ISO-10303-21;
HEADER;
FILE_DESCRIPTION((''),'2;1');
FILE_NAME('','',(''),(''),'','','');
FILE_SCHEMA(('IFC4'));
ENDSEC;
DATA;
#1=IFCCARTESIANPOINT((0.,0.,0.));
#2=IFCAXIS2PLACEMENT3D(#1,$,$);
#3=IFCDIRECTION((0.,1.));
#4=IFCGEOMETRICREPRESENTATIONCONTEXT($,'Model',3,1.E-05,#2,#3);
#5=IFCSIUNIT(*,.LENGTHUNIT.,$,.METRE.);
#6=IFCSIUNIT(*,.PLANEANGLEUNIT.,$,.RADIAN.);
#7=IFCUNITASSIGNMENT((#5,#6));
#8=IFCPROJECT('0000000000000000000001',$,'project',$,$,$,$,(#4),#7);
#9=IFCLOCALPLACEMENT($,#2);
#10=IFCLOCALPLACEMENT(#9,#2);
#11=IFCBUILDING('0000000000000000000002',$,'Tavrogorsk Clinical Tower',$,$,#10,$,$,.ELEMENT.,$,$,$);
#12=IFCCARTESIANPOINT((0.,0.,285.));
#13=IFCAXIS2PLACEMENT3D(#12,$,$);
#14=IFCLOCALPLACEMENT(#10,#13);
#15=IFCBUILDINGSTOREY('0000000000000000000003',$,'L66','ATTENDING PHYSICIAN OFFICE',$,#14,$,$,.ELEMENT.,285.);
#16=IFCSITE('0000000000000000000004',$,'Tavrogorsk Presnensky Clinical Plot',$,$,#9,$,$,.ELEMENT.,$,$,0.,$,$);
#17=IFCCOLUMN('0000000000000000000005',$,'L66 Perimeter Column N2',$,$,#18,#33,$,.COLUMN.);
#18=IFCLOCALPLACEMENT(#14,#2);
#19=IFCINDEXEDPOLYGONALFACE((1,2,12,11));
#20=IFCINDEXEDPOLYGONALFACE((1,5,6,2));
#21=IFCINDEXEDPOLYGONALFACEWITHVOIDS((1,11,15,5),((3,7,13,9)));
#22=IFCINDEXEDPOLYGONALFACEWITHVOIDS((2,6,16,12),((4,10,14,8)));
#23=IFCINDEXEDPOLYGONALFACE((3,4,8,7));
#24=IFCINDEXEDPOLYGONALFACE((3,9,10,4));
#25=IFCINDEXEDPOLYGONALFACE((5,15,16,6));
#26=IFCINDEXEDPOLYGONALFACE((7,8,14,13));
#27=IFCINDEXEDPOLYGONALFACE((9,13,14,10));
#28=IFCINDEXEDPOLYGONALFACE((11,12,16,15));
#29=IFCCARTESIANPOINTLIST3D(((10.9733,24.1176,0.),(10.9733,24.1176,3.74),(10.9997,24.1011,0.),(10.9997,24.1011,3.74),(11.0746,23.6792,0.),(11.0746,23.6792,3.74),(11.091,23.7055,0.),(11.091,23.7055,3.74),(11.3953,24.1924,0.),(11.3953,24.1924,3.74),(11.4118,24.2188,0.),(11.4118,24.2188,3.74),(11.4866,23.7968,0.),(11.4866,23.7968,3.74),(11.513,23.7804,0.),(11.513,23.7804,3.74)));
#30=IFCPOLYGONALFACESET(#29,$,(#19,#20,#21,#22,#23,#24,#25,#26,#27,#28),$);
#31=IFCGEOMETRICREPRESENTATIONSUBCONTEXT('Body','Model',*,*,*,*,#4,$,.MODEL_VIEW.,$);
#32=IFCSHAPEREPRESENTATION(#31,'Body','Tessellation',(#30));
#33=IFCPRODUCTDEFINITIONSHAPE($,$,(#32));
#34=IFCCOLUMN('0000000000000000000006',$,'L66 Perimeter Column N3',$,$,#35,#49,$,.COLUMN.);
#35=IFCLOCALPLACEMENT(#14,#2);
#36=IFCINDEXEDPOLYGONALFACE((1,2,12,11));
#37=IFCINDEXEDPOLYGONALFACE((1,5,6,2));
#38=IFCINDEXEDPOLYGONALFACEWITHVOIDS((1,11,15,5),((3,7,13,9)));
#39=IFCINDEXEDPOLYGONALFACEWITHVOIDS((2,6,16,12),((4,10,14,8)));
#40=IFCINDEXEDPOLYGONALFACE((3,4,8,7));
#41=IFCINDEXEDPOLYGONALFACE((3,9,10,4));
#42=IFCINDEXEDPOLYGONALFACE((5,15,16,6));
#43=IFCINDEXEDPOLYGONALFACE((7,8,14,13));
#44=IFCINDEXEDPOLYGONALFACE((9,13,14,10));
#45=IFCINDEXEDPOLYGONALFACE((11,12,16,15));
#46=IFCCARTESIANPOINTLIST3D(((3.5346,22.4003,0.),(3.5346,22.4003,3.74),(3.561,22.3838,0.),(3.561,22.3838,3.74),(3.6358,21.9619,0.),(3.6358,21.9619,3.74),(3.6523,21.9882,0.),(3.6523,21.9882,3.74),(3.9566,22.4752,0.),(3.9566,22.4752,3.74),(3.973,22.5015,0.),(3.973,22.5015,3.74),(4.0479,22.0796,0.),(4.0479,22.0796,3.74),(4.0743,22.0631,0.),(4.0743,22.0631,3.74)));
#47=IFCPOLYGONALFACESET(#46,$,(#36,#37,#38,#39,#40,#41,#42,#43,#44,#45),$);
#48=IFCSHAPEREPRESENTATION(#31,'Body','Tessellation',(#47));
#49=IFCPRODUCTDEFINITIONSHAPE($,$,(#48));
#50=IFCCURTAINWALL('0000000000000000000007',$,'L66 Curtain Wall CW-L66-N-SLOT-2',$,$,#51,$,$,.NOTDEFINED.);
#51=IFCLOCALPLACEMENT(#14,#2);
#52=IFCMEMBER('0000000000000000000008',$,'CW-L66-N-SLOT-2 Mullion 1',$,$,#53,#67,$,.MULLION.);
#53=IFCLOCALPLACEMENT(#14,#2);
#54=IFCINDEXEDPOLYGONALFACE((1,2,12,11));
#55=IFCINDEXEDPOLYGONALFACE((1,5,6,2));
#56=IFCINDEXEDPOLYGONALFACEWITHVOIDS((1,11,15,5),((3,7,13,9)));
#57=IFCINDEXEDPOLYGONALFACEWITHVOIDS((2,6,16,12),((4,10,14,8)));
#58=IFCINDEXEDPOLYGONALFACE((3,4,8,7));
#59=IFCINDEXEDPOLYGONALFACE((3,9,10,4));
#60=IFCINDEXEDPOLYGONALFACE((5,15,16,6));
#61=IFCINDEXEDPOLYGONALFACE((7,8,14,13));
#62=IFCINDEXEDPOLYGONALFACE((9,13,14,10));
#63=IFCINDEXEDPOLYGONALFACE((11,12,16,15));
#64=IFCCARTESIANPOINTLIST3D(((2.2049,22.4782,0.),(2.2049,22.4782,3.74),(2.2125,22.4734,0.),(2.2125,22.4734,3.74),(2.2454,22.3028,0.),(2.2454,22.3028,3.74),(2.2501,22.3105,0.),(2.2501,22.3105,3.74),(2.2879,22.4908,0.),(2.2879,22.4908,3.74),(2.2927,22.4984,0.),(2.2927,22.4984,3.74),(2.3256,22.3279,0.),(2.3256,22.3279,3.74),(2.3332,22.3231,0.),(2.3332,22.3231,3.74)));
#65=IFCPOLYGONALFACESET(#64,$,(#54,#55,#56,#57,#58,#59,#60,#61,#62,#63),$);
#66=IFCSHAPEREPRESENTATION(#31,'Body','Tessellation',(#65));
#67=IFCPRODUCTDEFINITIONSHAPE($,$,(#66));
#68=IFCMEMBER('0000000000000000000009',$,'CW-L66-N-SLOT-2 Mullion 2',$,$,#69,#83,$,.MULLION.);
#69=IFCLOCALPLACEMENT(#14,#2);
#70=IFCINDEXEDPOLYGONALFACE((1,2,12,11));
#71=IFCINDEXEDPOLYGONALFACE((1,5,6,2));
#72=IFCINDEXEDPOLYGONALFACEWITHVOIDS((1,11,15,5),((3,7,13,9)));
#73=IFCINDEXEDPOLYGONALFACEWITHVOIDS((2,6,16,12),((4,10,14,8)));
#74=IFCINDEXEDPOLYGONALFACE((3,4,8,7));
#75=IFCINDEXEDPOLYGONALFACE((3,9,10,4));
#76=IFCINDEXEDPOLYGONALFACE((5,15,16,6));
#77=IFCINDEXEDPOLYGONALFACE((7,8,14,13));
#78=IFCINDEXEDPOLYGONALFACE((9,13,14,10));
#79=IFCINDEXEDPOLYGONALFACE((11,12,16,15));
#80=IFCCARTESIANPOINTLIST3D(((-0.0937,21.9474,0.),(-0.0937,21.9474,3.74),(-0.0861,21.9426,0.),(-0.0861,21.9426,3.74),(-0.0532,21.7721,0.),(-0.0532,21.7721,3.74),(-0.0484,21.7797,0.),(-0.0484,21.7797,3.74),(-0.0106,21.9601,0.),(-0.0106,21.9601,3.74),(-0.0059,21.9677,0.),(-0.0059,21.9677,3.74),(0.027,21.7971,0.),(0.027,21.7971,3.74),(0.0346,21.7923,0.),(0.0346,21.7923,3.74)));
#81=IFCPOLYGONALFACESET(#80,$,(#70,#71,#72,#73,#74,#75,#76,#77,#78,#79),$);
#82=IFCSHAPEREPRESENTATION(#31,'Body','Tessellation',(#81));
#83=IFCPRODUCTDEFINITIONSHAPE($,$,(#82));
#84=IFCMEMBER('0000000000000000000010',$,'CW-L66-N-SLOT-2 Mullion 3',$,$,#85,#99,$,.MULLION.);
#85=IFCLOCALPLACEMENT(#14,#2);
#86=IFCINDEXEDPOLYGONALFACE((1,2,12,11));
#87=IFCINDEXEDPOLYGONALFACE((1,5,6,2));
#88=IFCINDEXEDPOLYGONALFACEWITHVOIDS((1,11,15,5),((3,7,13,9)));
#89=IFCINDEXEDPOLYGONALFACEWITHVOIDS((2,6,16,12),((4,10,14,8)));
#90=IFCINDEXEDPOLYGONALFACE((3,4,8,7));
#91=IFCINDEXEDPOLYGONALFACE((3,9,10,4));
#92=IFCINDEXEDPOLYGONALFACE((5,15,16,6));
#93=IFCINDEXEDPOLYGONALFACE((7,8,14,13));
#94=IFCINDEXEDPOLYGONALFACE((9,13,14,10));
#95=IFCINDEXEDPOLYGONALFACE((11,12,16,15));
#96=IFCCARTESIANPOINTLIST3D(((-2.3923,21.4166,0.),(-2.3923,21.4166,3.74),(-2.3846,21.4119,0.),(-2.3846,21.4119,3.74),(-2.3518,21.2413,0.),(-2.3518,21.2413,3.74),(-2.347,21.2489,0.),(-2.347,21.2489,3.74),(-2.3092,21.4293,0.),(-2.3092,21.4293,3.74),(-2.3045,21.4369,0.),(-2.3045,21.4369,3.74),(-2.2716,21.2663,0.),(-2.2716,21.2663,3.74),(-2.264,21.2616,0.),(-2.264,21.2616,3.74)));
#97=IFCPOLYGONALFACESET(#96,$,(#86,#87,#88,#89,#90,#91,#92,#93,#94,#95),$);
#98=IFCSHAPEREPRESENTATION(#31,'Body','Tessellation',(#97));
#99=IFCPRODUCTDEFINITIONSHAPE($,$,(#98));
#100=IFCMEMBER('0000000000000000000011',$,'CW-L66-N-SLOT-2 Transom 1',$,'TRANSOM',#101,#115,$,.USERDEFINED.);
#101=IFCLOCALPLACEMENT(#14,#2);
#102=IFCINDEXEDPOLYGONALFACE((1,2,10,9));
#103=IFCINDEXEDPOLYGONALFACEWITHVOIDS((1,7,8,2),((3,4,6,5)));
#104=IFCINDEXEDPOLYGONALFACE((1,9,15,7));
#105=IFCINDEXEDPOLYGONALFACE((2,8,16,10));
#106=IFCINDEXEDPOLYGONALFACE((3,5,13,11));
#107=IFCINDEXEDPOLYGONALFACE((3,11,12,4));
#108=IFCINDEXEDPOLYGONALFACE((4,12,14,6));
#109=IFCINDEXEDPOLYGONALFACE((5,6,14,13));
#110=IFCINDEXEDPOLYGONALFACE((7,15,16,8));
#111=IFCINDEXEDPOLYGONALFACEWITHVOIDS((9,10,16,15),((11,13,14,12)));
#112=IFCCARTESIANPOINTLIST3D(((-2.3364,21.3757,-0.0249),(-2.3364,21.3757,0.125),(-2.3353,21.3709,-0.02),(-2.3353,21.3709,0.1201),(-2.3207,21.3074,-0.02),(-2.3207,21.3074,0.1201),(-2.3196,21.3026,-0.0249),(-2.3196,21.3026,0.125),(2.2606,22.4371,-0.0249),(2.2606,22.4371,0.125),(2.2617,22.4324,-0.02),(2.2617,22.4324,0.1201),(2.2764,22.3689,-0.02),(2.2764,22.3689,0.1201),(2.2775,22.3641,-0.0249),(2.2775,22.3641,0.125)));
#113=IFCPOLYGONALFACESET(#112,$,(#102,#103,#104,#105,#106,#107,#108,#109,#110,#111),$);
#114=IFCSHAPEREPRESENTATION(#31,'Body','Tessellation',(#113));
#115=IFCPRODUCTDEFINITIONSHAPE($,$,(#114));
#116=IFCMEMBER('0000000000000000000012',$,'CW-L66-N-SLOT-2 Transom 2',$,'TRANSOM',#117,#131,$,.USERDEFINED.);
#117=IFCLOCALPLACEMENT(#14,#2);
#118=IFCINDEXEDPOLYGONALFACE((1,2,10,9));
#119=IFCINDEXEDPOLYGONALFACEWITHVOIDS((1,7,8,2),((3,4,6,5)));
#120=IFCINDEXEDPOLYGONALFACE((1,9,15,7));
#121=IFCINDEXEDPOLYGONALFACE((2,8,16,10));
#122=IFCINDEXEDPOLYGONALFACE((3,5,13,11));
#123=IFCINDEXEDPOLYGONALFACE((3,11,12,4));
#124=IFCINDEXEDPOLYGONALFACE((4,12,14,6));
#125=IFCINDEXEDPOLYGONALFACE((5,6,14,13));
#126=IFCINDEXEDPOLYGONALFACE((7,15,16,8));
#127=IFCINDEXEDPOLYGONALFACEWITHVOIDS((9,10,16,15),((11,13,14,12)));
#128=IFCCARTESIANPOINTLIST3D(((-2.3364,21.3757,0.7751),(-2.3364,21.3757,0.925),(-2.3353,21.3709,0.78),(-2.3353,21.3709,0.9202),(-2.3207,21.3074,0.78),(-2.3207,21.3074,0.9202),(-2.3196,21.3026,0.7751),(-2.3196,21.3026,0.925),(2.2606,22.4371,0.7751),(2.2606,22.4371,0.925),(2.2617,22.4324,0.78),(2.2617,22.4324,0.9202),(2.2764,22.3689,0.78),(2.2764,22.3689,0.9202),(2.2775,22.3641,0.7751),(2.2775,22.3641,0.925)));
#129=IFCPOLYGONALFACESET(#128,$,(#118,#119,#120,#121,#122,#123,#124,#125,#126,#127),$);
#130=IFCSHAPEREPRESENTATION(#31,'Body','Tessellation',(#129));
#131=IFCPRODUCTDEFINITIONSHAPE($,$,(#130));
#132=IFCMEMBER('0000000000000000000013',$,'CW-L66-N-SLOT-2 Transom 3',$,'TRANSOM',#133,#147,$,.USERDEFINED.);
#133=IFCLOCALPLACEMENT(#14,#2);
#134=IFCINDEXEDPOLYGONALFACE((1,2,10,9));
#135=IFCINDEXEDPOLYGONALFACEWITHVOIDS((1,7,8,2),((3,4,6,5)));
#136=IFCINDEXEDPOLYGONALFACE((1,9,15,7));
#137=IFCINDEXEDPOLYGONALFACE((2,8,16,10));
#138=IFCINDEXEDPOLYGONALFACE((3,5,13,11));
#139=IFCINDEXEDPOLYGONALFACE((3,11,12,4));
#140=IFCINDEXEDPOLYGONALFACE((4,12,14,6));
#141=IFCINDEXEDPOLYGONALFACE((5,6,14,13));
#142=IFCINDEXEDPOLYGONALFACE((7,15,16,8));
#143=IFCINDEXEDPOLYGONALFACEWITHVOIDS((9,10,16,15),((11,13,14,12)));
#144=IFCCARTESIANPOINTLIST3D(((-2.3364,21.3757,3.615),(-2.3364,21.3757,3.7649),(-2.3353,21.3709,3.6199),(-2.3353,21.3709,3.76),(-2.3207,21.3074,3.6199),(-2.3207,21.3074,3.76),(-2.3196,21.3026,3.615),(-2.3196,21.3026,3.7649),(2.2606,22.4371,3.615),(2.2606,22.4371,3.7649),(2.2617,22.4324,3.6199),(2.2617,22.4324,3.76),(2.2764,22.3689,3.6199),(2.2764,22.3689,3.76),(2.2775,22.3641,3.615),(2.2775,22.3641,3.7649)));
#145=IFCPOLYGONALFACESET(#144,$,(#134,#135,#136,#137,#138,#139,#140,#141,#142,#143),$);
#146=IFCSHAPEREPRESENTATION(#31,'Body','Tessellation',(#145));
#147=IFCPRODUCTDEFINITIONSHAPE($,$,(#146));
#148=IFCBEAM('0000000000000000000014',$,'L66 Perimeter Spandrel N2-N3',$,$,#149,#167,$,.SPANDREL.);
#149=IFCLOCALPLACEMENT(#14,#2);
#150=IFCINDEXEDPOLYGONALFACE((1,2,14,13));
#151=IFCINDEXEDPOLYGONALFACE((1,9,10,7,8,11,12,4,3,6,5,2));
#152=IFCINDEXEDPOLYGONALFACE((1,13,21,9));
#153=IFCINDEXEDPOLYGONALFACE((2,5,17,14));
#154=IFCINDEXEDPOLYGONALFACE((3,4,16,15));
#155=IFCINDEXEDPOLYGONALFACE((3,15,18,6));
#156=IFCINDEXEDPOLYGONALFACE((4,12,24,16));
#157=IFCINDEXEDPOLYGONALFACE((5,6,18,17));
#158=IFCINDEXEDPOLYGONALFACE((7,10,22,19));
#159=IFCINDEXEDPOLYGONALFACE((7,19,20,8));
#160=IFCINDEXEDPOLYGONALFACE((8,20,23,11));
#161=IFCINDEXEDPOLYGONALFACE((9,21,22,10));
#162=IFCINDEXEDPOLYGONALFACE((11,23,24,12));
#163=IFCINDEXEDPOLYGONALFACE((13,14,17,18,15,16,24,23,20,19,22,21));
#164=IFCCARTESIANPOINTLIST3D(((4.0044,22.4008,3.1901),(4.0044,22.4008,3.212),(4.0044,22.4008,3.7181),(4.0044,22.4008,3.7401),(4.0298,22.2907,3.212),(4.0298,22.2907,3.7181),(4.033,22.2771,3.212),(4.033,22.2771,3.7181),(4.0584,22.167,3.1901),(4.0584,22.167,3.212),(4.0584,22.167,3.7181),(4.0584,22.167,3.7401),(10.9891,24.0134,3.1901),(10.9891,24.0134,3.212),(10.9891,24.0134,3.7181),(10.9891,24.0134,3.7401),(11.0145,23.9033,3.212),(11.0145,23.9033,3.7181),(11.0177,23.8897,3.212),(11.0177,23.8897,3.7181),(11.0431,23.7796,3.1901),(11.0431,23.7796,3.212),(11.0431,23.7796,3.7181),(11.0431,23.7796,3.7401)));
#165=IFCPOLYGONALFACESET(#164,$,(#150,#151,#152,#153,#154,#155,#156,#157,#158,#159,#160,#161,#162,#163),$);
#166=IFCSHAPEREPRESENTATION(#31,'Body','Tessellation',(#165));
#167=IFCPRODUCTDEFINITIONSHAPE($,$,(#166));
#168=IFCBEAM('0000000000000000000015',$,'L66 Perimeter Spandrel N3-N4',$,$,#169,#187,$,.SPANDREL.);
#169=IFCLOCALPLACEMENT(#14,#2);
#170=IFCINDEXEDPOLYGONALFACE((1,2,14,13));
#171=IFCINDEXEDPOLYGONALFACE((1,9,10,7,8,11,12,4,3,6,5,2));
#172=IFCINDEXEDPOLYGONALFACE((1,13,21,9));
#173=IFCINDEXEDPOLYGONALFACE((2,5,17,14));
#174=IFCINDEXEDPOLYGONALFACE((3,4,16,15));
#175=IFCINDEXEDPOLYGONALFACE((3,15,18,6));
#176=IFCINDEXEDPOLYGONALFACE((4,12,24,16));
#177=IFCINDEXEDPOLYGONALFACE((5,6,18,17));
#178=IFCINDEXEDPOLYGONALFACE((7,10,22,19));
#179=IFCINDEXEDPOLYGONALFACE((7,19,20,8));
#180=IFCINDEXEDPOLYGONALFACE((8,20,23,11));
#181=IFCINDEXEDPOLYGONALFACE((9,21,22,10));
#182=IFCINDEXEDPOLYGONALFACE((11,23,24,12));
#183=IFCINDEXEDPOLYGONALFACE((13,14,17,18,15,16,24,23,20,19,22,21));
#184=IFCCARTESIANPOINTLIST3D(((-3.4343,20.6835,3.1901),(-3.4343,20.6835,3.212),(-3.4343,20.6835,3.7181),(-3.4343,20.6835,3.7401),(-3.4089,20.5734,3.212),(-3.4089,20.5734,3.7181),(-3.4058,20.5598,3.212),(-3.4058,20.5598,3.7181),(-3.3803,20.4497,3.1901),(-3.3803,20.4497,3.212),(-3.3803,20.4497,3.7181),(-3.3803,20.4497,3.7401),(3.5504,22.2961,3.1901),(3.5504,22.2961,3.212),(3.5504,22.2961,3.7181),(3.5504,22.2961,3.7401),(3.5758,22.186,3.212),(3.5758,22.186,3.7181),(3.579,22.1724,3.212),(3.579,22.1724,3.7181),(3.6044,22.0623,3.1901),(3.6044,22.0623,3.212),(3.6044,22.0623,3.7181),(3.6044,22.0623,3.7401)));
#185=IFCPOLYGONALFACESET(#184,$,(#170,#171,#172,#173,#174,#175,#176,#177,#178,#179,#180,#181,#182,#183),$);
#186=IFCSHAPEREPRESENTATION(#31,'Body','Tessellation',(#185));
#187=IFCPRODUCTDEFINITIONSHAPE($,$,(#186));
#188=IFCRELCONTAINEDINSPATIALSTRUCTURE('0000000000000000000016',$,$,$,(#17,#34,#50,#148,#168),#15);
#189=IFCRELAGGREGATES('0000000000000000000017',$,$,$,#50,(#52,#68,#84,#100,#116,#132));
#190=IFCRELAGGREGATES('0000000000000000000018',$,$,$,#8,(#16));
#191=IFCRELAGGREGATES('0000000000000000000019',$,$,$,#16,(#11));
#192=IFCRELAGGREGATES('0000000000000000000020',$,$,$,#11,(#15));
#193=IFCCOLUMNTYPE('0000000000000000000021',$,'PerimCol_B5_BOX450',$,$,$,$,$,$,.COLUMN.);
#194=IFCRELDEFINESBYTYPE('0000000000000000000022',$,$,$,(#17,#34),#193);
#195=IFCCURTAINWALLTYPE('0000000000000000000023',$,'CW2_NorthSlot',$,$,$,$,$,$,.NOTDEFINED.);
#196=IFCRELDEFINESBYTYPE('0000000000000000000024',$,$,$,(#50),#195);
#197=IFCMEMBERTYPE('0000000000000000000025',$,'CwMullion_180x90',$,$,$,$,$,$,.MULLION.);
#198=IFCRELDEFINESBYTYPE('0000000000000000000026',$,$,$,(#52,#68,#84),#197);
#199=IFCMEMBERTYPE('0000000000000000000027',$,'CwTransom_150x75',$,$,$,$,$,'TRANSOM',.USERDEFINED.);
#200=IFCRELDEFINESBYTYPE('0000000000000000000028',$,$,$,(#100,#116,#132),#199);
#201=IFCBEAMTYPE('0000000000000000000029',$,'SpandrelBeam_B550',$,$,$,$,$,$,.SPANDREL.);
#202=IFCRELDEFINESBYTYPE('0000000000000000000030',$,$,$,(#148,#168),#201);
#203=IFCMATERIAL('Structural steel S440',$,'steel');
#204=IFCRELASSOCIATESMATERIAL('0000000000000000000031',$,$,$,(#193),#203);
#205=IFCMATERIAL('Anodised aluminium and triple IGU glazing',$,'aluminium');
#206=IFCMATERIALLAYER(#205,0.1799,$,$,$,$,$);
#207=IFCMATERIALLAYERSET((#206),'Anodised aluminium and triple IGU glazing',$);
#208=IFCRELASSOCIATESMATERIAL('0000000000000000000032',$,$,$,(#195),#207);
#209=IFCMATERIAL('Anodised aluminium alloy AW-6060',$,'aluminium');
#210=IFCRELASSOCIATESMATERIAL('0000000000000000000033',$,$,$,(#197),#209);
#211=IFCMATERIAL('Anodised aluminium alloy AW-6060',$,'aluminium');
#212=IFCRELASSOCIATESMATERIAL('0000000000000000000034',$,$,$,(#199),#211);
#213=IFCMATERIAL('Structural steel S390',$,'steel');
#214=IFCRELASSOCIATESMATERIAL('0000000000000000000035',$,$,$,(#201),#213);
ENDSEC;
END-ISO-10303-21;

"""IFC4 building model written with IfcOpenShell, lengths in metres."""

from ifc_helpers import new_model, si_unit, direction, frame, origin, origin_2d, place, context, subcontext, project, spatial, hollow_rectangle, i_section, extrude, material, layer, layer_set, material_profile, profile_set, type_object, element, aggregate, save


model = new_model("IFC4")

# Units and contexts
model_context = context("Model", 3, precision=1e-05, world=origin(), true_north=direction((0.0, 1.0)))
body_context = subcontext(model_context, "Body", "Model", "MODEL_VIEW")
ifc_project = project(units=[si_unit("LENGTHUNIT", "METRE"), si_unit("PLANEANGLEUNIT", "RADIAN")], contexts=[model_context])

# Site, building, storey
site_placement = place(None, origin())
site = spatial("IfcSite", under=ifc_project, at=site_placement, Name="Tavrogorsk Presnensky Clinical Plot", CompositionType="ELEMENT", RefElevation=0.0)
building_placement = place(site_placement, origin())
building = spatial("IfcBuilding", under=site, at=building_placement, Name="Tavrogorsk Clinical Tower", CompositionType="ELEMENT")
storey_placement = place(building_placement, frame((0.0, 0.0, 285.0)))
storey = spatial("IfcBuildingStorey", under=building, at=storey_placement, Name="L66", Description="ATTENDING PHYSICIAN OFFICE", CompositionType="ELEMENT", Elevation=285.0)

# Columns
ifc_material_1 = material(Name="Structural steel S440", Category="steel")
ifc_material_profile_1 = material_profile(ifc_material_1, hollow_rectangle(XDim=0.45, YDim=0.45, WallThickness=0.022, at=origin_2d()), Name="BOX-450x450x22")
ifc_profile_set_1 = profile_set([ifc_material_profile_1], Name="Structural steel S440")
column_type = type_object("IfcColumnType", Name="PerimCol_B5_BOX450", PredefinedType="COLUMN", material=ifc_profile_set_1)
for number, where, z_axis, x_axis, name in (
    (1, (11.2432, 23.949, 0.0), (0.0, 0.0, 1.0), (0.97437, 0.224951, 0.0), "L66 Perimeter Column N2"),
    (2, (3.8044, 22.2317, 0.0), (0.0, 0.0, 1.0), (0.97437, 0.224951, 0.0), "L66 Perimeter Column N3"),
):
    element("IfcColumn", number, at=place(storey_placement, frame(where, z_axis=z_axis, x_axis=x_axis)), inside=storey, type_object=column_type, Name=name, PredefinedType="COLUMN", context=body_context, shape_type="SweptSolid", body=[
        extrude(hollow_rectangle(XDim=0.45, YDim=0.45, WallThickness=0.022, at=origin_2d()), origin(), (0.0, 0.0, 1.0), 3.74),
    ])

# Curtain wall, members
ifc_material_2 = material(Name="Anodised aluminium and triple IGU glazing", Category="aluminium")
ifc_layer_1 = layer(ifc_material_2, 0.1799)
ifc_layer_set_1 = layer_set([ifc_layer_1], Name="Anodised aluminium and triple IGU glazing")
curtain_wall_type = type_object("IfcCurtainWallType", Name="CW2_NorthSlot", PredefinedType="NOTDEFINED", material=ifc_layer_set_1)
curtain_wall_placement = place(storey_placement, origin())
curtain_wall = element("IfcCurtainWall", 3, at=curtain_wall_placement, inside=storey, type_object=curtain_wall_type, Name="L66 Curtain Wall CW-L66-N-SLOT-2", PredefinedType="NOTDEFINED")
ifc_material_3 = material(Name="Anodised aluminium alloy AW-6060", Category="aluminium")
ifc_material_profile_2 = material_profile(ifc_material_3, hollow_rectangle(XDim=0.0901, YDim=0.1799, WallThickness=0.0063, at=origin_2d()), Name="RHS-180x90x6.3")
ifc_profile_set_2 = profile_set([ifc_material_profile_2], Name="Anodised aluminium alloy AW-6060")
member_type_1 = type_object("IfcMemberType", Name="CwMullion_180x90", PredefinedType="MULLION", material=ifc_profile_set_2)
member_1_placement = place(storey_placement, frame((2.269, 22.4006, 0.0), z_axis=(0.0, 0.0, 1.0), x_axis=(-0.97437, -0.224951, 0.0)))
member_1 = element("IfcMember", 4, at=member_1_placement, type_object=member_type_1, Name="CW-L66-N-SLOT-2 Mullion 1", PredefinedType="MULLION", context=body_context, shape_type="SweptSolid", body=[
    extrude(hollow_rectangle(XDim=0.0901, YDim=0.1799, WallThickness=0.0063, at=origin_2d()), origin(), (0.0, 0.0, 1.0), 3.74),
])
member_2_placement = place(storey_placement, frame((-0.0295, 21.8699, 0.0), z_axis=(0.0, 0.0, 1.0), x_axis=(-0.97437, -0.224951, 0.0)))
member_2 = element("IfcMember", 5, at=member_2_placement, type_object=member_type_1, Name="CW-L66-N-SLOT-2 Mullion 2", PredefinedType="MULLION", context=body_context, shape_type="SweptSolid", body=[
    extrude(hollow_rectangle(XDim=0.0901, YDim=0.1799, WallThickness=0.0063, at=origin_2d()), origin(), (0.0, 0.0, 1.0), 3.74),
])
member_3_placement = place(storey_placement, frame((-2.3281, 21.3391, 0.0), z_axis=(0.0, 0.0, 1.0), x_axis=(-0.97437, -0.224951, 0.0)))
member_3 = element("IfcMember", 6, at=member_3_placement, type_object=member_type_1, Name="CW-L66-N-SLOT-2 Mullion 3", PredefinedType="MULLION", context=body_context, shape_type="SweptSolid", body=[
    extrude(hollow_rectangle(XDim=0.0901, YDim=0.1799, WallThickness=0.0063, at=origin_2d()), origin(), (0.0, 0.0, 1.0), 3.74),
])
ifc_material_4 = material(Name="Anodised aluminium alloy AW-6060", Category="aluminium")
ifc_material_profile_3 = material_profile(ifc_material_4, hollow_rectangle(XDim=0.075, YDim=0.1499, WallThickness=0.0049, at=origin_2d()), Name="RHS-150x75x5")
ifc_profile_set_3 = profile_set([ifc_material_profile_3], Name="Anodised aluminium alloy AW-6060")
member_type_2 = type_object("IfcMemberType", Name="CwTransom_150x75", ElementType="TRANSOM", PredefinedType="USERDEFINED", material=ifc_profile_set_3)
member_4_placement = place(storey_placement, frame((2.269, 22.4006, 0.05), z_axis=(-0.974362, -0.224988, 0.0), x_axis=(0.224988, -0.974362, 0.0)))
member_4 = element("IfcMember", 7, at=member_4_placement, type_object=member_type_2, Name="CW-L66-N-SLOT-2 Transom 1", ObjectType="TRANSOM", PredefinedType="USERDEFINED", context=body_context, shape_type="SweptSolid", body=[
    extrude(hollow_rectangle(XDim=0.075, YDim=0.1499, WallThickness=0.0049, at=origin_2d()), origin(), (0.0, 0.0, 1.0), 4.718),
])
member_5_placement = place(storey_placement, frame((2.269, 22.4006, 0.8501), z_axis=(-0.974362, -0.224988, 0.0), x_axis=(0.224988, -0.974362, 0.0)))
member_5 = element("IfcMember", 8, at=member_5_placement, type_object=member_type_2, Name="CW-L66-N-SLOT-2 Transom 2", ObjectType="TRANSOM", PredefinedType="USERDEFINED", context=body_context, shape_type="SweptSolid", body=[
    extrude(hollow_rectangle(XDim=0.075, YDim=0.1499, WallThickness=0.0049, at=origin_2d()), origin(), (0.0, 0.0, 1.0), 4.718),
])
member_6_placement = place(storey_placement, frame((2.269, 22.4006, 3.6899), z_axis=(-0.974362, -0.224988, 0.0), x_axis=(0.224988, -0.974362, 0.0)))
member_6 = element("IfcMember", 9, at=member_6_placement, type_object=member_type_2, Name="CW-L66-N-SLOT-2 Transom 3", ObjectType="TRANSOM", PredefinedType="USERDEFINED", context=body_context, shape_type="SweptSolid", body=[
    extrude(hollow_rectangle(XDim=0.075, YDim=0.1499, WallThickness=0.0049, at=origin_2d()), origin(), (0.0, 0.0, 1.0), 4.718),
])

# Beams
ifc_material_5 = material(Name="Structural steel S390", Category="steel")
ifc_material_profile_4 = material_profile(ifc_material_5, i_section(OverallWidth=0.24, OverallDepth=0.55, WebThickness=0.0139, FlangeThickness=0.022, at=origin_2d()), Name="B-550x240x14x22")
ifc_profile_set_4 = profile_set([ifc_material_profile_4], Name="Structural steel S390")
beam_type = type_object("IfcBeamType", Name="SpandrelBeam_B550", PredefinedType="SPANDREL", material=ifc_profile_set_4)
for number, where, z_axis, x_axis, name in (
    (10, (11.0161, 23.8965, 3.4651), (-0.974369, -0.224954, 0.0), (0.224954, -0.974369, 0.0), "L66 Perimeter Spandrel N2-N3"),
    (11, (3.5774, 22.1792, 3.4651), (-0.974369, -0.224954, 0.0), (0.224954, -0.974369, 0.0), "L66 Perimeter Spandrel N3-N4"),
):
    element("IfcBeam", number, at=place(storey_placement, frame(where, z_axis=z_axis, x_axis=x_axis)), inside=storey, type_object=beam_type, Name=name, PredefinedType="SPANDREL", context=body_context, shape_type="SweptSolid", body=[
        extrude(i_section(OverallWidth=0.24, OverallDepth=0.55, WebThickness=0.0139, FlangeThickness=0.022, at=origin_2d()), origin(), (0.0, 0.0, 1.0), 7.1685),
    ])

aggregate(curtain_wall, [member_1, member_2, member_3, member_4, member_5, member_6])

save(model, "model.ifc")
